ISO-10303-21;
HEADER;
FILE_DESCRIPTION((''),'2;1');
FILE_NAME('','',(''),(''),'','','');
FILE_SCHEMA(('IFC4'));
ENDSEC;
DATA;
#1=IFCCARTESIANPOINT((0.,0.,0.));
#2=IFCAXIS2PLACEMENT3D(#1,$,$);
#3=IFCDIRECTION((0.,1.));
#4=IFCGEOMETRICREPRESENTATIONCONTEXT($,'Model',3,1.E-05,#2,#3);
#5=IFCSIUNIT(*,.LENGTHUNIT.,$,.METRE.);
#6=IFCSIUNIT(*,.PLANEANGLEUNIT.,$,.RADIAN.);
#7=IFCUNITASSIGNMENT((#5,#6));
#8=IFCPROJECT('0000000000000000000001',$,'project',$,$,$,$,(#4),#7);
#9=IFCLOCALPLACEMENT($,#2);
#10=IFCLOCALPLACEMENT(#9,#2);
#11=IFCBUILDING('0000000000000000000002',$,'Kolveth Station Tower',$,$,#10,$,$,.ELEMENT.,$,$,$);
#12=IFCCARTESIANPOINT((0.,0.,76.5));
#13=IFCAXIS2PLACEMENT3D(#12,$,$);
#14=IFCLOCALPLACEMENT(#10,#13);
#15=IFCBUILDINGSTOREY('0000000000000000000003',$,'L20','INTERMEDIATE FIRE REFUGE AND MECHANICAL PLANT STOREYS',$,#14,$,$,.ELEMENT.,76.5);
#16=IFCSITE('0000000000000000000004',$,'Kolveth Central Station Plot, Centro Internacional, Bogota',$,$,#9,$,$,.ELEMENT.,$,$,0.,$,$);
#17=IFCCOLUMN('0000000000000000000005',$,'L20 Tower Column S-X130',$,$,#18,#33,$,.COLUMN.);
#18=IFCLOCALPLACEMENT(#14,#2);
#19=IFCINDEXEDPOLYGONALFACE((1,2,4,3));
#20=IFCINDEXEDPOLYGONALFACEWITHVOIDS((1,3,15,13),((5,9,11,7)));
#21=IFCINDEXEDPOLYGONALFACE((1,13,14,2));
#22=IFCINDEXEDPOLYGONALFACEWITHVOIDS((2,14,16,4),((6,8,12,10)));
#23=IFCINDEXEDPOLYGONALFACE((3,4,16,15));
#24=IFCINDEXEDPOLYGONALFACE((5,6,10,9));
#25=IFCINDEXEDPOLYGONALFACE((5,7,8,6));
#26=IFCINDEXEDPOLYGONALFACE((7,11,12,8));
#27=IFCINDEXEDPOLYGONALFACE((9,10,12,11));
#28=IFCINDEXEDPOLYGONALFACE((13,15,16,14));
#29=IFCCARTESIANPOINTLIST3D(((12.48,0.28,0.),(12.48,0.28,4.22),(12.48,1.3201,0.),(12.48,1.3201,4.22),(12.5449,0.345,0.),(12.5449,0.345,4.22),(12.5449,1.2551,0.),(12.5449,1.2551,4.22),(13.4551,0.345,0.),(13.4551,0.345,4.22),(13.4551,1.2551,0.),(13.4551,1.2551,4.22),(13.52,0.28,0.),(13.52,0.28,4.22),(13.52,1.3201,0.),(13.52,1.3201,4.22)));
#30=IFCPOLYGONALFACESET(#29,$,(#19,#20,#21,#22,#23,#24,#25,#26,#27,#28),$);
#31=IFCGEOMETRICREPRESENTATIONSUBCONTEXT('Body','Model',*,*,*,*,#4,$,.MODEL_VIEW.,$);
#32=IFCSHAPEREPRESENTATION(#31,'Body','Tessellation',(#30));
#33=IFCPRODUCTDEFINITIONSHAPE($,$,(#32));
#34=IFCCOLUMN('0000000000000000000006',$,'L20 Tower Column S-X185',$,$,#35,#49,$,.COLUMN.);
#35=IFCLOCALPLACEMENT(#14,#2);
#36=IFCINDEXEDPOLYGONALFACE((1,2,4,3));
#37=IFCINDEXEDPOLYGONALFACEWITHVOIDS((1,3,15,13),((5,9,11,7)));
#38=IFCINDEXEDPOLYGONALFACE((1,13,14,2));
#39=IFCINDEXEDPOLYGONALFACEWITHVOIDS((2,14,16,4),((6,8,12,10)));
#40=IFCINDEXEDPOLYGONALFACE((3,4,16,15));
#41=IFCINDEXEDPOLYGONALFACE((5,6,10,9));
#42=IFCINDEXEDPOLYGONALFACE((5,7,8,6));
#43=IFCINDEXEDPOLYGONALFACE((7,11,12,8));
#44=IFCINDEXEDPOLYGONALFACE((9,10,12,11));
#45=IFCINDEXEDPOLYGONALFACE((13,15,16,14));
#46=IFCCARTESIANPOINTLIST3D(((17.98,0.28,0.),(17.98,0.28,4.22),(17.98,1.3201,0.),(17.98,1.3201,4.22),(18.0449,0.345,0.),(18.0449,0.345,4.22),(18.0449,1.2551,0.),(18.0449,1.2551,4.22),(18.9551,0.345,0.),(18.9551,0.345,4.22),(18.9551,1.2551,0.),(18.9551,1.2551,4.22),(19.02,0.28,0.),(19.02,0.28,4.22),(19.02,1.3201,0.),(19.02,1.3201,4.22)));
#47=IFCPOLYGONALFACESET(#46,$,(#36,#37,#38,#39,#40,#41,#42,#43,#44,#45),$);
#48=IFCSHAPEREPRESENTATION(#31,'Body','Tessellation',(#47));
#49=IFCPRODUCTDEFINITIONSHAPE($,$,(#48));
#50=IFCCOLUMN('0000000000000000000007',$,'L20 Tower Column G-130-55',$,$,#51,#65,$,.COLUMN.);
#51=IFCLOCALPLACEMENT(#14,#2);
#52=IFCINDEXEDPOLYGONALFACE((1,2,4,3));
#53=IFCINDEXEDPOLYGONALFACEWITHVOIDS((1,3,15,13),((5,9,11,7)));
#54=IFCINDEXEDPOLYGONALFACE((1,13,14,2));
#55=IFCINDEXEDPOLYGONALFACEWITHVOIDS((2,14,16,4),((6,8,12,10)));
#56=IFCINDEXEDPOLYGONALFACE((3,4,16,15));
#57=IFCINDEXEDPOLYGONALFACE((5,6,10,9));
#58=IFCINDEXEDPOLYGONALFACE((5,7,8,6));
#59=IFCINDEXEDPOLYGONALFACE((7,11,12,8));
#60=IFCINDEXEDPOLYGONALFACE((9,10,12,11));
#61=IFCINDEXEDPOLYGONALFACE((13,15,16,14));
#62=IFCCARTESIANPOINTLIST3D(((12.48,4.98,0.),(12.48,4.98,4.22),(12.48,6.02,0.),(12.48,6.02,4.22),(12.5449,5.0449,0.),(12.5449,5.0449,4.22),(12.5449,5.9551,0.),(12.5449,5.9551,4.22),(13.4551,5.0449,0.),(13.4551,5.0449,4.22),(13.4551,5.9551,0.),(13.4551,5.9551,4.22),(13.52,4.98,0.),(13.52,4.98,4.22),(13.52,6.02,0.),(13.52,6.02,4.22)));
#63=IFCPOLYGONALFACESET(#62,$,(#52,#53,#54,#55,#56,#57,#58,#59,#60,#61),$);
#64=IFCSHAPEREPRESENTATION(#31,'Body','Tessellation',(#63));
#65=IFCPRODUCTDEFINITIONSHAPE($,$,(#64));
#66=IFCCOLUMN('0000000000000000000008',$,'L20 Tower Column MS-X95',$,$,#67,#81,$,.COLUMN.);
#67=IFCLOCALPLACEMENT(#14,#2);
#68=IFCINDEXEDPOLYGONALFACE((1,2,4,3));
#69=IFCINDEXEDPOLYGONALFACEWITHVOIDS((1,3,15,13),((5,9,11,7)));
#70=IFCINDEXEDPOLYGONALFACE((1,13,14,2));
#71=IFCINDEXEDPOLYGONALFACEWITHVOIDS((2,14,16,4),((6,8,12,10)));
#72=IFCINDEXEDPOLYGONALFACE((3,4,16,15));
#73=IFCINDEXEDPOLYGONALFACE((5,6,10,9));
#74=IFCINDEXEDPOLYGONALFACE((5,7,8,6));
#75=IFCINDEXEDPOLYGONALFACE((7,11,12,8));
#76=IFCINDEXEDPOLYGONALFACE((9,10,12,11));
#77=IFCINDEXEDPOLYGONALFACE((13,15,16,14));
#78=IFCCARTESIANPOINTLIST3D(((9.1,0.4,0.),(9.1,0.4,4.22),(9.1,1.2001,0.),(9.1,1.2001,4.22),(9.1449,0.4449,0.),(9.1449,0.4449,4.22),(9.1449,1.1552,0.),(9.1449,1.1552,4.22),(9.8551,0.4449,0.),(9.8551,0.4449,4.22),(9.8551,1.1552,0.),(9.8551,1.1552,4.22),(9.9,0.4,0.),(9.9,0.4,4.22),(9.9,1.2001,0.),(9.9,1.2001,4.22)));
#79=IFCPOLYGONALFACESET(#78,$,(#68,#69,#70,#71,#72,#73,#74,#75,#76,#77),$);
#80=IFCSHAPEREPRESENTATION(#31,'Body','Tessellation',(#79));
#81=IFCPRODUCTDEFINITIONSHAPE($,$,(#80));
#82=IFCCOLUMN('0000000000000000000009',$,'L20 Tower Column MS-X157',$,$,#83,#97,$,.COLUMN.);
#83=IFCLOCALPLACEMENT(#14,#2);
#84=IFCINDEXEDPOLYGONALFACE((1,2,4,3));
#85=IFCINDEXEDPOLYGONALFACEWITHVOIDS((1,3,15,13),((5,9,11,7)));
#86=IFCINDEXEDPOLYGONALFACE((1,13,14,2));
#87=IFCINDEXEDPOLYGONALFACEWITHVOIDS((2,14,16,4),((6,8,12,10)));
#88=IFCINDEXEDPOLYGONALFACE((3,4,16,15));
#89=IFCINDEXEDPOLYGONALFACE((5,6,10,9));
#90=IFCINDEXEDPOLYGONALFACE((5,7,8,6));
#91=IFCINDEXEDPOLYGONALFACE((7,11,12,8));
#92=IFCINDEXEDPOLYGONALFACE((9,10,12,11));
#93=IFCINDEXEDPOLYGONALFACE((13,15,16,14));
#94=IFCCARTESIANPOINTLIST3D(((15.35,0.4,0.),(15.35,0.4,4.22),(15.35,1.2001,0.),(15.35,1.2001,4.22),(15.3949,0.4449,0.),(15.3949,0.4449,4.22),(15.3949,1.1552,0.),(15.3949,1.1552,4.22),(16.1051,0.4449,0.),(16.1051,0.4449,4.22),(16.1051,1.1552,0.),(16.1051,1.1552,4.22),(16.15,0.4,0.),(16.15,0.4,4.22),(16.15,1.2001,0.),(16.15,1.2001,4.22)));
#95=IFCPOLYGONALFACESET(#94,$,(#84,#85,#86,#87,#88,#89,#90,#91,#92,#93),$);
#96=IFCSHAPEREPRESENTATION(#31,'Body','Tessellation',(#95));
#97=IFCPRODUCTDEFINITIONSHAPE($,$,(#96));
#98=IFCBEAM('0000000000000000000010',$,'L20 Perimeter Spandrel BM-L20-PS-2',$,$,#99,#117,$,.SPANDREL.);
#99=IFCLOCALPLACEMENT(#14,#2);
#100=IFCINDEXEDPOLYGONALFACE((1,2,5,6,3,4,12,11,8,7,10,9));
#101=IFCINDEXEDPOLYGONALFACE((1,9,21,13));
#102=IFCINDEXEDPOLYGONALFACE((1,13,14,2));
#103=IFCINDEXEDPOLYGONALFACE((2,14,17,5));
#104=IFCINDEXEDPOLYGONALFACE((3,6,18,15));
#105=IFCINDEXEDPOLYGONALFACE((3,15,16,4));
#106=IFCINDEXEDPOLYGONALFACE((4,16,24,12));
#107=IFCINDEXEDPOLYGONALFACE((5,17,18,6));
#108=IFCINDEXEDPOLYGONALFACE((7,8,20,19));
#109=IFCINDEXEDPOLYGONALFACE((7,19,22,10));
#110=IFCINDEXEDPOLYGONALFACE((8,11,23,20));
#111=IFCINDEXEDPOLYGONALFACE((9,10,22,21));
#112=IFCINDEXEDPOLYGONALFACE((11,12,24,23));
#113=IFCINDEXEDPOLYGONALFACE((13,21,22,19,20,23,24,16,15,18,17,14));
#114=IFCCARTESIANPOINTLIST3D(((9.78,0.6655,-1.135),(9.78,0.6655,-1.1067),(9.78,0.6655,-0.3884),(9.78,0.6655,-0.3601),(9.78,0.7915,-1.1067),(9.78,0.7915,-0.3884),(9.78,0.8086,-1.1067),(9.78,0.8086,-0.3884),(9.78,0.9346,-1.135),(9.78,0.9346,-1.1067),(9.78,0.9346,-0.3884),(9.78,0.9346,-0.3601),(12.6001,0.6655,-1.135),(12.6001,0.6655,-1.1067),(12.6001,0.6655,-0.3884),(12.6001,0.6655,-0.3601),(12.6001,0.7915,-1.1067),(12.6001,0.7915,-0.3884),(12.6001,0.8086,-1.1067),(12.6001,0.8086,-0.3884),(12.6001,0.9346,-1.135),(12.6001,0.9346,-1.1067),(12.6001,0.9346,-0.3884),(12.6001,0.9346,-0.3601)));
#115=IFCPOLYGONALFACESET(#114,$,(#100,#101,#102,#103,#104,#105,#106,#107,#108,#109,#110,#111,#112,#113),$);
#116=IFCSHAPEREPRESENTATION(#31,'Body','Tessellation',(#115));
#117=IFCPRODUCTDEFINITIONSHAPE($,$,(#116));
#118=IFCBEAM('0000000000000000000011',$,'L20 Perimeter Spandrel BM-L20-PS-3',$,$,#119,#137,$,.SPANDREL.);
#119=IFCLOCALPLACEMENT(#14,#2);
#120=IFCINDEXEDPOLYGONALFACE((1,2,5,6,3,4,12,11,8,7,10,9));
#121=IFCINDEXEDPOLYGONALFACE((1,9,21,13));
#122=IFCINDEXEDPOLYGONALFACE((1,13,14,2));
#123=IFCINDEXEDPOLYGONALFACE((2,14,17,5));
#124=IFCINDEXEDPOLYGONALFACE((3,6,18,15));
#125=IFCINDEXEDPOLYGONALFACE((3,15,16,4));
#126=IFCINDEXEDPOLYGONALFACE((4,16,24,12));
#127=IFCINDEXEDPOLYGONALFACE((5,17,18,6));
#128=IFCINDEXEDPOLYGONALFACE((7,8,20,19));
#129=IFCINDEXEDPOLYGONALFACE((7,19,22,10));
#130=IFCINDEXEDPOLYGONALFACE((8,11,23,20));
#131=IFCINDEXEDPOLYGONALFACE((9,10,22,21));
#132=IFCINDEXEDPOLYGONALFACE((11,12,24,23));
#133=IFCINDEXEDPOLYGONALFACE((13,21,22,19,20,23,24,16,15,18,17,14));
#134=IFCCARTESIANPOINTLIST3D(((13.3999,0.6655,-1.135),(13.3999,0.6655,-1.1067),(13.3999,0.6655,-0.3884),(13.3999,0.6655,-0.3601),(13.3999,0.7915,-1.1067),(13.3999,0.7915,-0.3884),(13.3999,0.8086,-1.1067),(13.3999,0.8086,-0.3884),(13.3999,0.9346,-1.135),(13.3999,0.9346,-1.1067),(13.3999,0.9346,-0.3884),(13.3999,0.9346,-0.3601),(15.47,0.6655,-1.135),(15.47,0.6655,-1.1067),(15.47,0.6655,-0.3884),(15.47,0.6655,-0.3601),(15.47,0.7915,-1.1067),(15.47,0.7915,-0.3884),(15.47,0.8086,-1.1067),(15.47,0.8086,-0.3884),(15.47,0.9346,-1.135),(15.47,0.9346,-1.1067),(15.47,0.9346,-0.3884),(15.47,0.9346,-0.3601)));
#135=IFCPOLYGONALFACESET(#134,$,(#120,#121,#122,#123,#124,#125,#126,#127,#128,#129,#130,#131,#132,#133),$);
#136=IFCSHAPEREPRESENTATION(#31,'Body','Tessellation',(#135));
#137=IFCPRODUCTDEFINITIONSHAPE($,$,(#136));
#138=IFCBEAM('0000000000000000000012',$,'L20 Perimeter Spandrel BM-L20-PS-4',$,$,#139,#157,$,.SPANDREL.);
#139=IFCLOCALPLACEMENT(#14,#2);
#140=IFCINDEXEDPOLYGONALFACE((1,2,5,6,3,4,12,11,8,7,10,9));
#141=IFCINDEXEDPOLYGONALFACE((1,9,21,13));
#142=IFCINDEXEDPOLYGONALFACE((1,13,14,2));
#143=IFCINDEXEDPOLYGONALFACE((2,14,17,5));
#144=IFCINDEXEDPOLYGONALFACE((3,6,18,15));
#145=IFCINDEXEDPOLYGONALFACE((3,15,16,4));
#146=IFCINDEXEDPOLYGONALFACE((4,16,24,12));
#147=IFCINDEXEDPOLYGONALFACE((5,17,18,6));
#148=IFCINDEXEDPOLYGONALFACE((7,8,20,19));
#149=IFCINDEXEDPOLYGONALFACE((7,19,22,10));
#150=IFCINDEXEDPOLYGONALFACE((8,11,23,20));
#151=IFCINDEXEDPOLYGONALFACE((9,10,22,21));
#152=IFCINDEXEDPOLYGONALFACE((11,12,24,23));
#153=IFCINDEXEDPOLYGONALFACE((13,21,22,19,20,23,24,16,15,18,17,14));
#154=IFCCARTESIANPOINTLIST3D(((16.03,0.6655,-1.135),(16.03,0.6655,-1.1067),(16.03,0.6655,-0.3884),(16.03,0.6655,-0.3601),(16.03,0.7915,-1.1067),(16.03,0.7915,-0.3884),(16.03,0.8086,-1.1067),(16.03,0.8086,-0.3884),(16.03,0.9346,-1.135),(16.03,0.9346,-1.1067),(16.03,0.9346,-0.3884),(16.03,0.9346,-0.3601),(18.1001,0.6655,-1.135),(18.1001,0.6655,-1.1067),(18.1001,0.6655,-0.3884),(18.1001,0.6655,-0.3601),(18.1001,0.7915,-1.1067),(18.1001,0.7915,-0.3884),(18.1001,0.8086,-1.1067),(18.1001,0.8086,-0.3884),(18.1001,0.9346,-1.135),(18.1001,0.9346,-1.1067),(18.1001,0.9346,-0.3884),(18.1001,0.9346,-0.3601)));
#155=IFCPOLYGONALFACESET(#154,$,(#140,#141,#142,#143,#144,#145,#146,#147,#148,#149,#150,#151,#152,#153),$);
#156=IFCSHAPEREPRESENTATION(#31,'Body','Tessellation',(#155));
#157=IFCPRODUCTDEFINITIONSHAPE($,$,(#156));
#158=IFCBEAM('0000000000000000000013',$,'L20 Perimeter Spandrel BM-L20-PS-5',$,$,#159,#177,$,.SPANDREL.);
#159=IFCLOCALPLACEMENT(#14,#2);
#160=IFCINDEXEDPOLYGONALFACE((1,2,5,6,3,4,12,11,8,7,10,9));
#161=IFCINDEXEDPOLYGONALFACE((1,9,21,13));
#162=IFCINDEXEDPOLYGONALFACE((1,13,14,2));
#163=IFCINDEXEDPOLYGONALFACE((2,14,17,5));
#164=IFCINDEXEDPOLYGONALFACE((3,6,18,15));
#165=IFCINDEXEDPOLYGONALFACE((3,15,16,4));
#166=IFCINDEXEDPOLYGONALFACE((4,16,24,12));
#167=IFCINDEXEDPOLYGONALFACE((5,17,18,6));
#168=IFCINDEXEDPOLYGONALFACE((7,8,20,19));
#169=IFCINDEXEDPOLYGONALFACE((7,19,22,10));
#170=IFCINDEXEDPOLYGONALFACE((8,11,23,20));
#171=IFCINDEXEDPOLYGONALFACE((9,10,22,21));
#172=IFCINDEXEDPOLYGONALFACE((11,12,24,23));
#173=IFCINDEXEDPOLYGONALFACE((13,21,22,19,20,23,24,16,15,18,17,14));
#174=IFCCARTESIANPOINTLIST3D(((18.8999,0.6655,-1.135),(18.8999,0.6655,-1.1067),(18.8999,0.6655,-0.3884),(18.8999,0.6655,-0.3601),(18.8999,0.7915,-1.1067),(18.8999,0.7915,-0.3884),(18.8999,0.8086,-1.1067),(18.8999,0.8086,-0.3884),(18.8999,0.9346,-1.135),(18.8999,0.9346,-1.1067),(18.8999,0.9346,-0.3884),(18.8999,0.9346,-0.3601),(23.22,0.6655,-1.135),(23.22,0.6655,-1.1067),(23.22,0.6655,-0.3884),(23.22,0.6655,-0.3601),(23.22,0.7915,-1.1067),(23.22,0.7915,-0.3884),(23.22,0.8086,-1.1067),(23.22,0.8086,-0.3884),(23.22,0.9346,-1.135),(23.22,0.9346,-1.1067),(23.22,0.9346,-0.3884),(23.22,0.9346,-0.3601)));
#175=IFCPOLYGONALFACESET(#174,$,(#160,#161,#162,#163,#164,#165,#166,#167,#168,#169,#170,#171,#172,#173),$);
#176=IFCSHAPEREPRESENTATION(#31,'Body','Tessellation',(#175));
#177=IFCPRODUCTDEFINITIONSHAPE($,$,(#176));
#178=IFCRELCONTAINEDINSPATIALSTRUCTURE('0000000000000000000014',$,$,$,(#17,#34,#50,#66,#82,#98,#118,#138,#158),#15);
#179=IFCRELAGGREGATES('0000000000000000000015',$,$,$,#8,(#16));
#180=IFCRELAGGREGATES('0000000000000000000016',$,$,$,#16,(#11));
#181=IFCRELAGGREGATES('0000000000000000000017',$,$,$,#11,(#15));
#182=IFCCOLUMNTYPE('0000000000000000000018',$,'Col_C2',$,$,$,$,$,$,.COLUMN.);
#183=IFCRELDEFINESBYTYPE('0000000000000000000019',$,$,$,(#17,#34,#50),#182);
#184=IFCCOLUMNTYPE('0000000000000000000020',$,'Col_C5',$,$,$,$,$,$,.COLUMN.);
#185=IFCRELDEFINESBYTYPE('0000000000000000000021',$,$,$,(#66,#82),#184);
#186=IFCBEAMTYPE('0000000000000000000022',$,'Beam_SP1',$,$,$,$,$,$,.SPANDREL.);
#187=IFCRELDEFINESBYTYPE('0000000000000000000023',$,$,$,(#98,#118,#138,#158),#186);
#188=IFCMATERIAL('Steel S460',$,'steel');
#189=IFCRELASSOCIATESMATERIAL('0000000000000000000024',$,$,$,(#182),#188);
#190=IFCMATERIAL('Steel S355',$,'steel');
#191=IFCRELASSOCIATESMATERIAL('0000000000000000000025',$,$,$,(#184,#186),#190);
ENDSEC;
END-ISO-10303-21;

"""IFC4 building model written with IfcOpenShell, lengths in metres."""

from ifc_helpers import new_model, si_unit, direction, frame, origin, origin_2d, place, context, subcontext, project, spatial, hollow_rectangle, i_section, extrude, source, transform, mapped, material, material_profile, profile_set, type_object, element, save


model = new_model("IFC4")

# Units and contexts
model_context = context("Model", 3, precision=1e-05, world=origin(), true_north=direction((0.0, 1.0)))
body_context = subcontext(model_context, "Body", "Model", "MODEL_VIEW")
ifc_project = project(units=[si_unit("LENGTHUNIT", "METRE"), si_unit("PLANEANGLEUNIT", "RADIAN")], contexts=[model_context])

# Site, building, storey
site_placement = place(None, origin())
site = spatial("IfcSite", under=ifc_project, at=site_placement, Name="Kolveth Central Station Plot, Centro Internacional, Bogota", CompositionType="ELEMENT", RefElevation=0.0)
building_placement = place(site_placement, origin())
building = spatial("IfcBuilding", under=site, at=building_placement, Name="Kolveth Station Tower", CompositionType="ELEMENT")
storey_placement = place(building_placement, frame((0.0, 0.0, 76.5)))
storey = spatial("IfcBuildingStorey", under=building, at=storey_placement, Name="L20", Description="INTERMEDIATE FIRE REFUGE AND MECHANICAL PLANT STOREYS", CompositionType="ELEMENT", Elevation=76.5)

# Columns
ifc_material_1 = material(Name="Steel S460", Category="steel")
ifc_material_profile_1 = material_profile(ifc_material_1, hollow_rectangle(XDim=1.04, YDim=1.04, WallThickness=0.0649, at=origin_2d()), Name="BOX1040x1040x65")
ifc_profile_set_1 = profile_set([ifc_material_profile_1], Name="Steel S460")
column_type_1 = type_object("IfcColumnType", Name="Col_C2", PredefinedType="COLUMN", material=ifc_profile_set_1)
shared_shape_1 = source(origin(), body_context, "Body", "SweptSolid", [
    extrude(hollow_rectangle(XDim=1.04, YDim=1.04, WallThickness=0.0649, at=origin_2d()), origin(), (0.0, 0.0, 1.0), 4.22),
])
for number, where, z_axis, x_axis, name in (
    (1, (13.0, 0.8, 0.0), (0.0, 0.0, 1.0), (1.0, 0.0, 0.0), "L20 Tower Column S-X130"),
    (2, (18.5, 0.8, 0.0), (0.0, 0.0, 1.0), (1.0, 0.0, 0.0), "L20 Tower Column S-X185"),
    (3, (13.0, 5.5, 0.0), (0.0, 0.0, 1.0), (1.0, 0.0, 0.0), "L20 Tower Column G-130-55"),
):
    element("IfcColumn", number, at=place(storey_placement, frame(where, z_axis=z_axis, x_axis=x_axis)), inside=storey, type_object=column_type_1, Name=name, PredefinedType="COLUMN", context=body_context, shape_type="MappedRepresentation", body=[
        mapped(shared_shape_1, transform((0.0, 0.0, 0.0), x_axis=(1.0, 0.0, 0.0), y_axis=(0.0, 1.0, 0.0), z_axis=(0.0, 0.0, 1.0), scale=1.0)),
    ])
ifc_material_2 = material(Name="Steel S355", Category="steel")
ifc_material_profile_2 = material_profile(ifc_material_2, hollow_rectangle(XDim=0.8, YDim=0.8, WallThickness=0.0449, at=origin_2d()), Name="BOX800x800x45")
ifc_profile_set_2 = profile_set([ifc_material_profile_2], Name="Steel S355")
column_type_2 = type_object("IfcColumnType", Name="Col_C5", PredefinedType="COLUMN", material=ifc_profile_set_2)
shared_shape_2 = source(origin(), body_context, "Body", "SweptSolid", [
    extrude(hollow_rectangle(XDim=0.8, YDim=0.8, WallThickness=0.0449, at=origin_2d()), origin(), (0.0, 0.0, 1.0), 4.22),
])
for number, where, z_axis, x_axis, name in (
    (4, (9.5, 0.8, 0.0), (0.0, 0.0, 1.0), (1.0, 0.0, 0.0), "L20 Tower Column MS-X95"),
    (5, (15.75, 0.8, 0.0), (0.0, 0.0, 1.0), (1.0, 0.0, 0.0), "L20 Tower Column MS-X157"),
):
    element("IfcColumn", number, at=place(storey_placement, frame(where, z_axis=z_axis, x_axis=x_axis)), inside=storey, type_object=column_type_2, Name=name, PredefinedType="COLUMN", context=body_context, shape_type="MappedRepresentation", body=[
        mapped(shared_shape_2, transform((0.0, 0.0, 0.0), x_axis=(1.0, 0.0, 0.0), y_axis=(0.0, 1.0, 0.0), z_axis=(0.0, 0.0, 1.0), scale=1.0)),
    ])

# Beams
ifc_material_profile_3 = material_profile(ifc_material_2, i_section(OverallWidth=0.269, OverallDepth=0.7749, WebThickness=0.0171, FlangeThickness=0.0283, at=origin_2d()), Name="W760x220")
ifc_profile_set_3 = profile_set([ifc_material_profile_3], Name="Steel S355")
beam_type_1 = type_object("IfcBeamType", Name="Beam_SP1", PredefinedType="SPANDREL", material=ifc_profile_set_3)
shared_shape_3 = source(origin(), body_context, "Body", "SweptSolid", [
    extrude(i_section(OverallWidth=0.269, OverallDepth=0.7749, WebThickness=0.0171, FlangeThickness=0.0283, at=origin_2d()), origin(), (0.0, 0.0, 1.0), 2.8201),
])
beam_1_placement = place(storey_placement, frame((9.78, 0.8, -0.7476), z_axis=(1.0, 0.0, 0.0), x_axis=(0.0, 1.0, 0.0)))
element("IfcBeam", 6, at=beam_1_placement, inside=storey, type_object=beam_type_1, Name="L20 Perimeter Spandrel BM-L20-PS-2", PredefinedType="SPANDREL", context=body_context, shape_type="MappedRepresentation", body=[
    mapped(shared_shape_3, transform((0.0, 0.0, 0.0), x_axis=(1.0, 0.0, 0.0), y_axis=(0.0, 1.0, 0.0), z_axis=(0.0, 0.0, 1.0), scale=1.0)),
])
shared_shape_4 = source(origin(), body_context, "Body", "SweptSolid", [
    extrude(i_section(OverallWidth=0.269, OverallDepth=0.7749, WebThickness=0.0171, FlangeThickness=0.0283, at=origin_2d()), origin(), (0.0, 0.0, 1.0), 2.0701),
])
for number, where, z_axis, x_axis, name in (
    (7, (13.3999, 0.8, -0.7476), (1.0, 0.0, 0.0), (0.0, 1.0, 0.0), "L20 Perimeter Spandrel BM-L20-PS-3"),
    (8, (16.03, 0.8, -0.7476), (1.0, 0.0, 0.0), (0.0, 1.0, 0.0), "L20 Perimeter Spandrel BM-L20-PS-4"),
):
    element("IfcBeam", number, at=place(storey_placement, frame(where, z_axis=z_axis, x_axis=x_axis)), inside=storey, type_object=beam_type_1, Name=name, PredefinedType="SPANDREL", context=body_context, shape_type="MappedRepresentation", body=[
        mapped(shared_shape_4, transform((0.0, 0.0, 0.0), x_axis=(1.0, 0.0, 0.0), y_axis=(0.0, 1.0, 0.0), z_axis=(0.0, 0.0, 1.0), scale=1.0)),
    ])
shared_shape_5 = source(origin(), body_context, "Body", "SweptSolid", [
    extrude(i_section(OverallWidth=0.269, OverallDepth=0.7749, WebThickness=0.0171, FlangeThickness=0.0283, at=origin_2d()), origin(), (0.0, 0.0, 1.0), 4.3201),
])
beam_2_placement = place(storey_placement, frame((18.8999, 0.8, -0.7476), z_axis=(1.0, 0.0, 0.0), x_axis=(0.0, 1.0, 0.0)))
element("IfcBeam", 9, at=beam_2_placement, inside=storey, type_object=beam_type_1, Name="L20 Perimeter Spandrel BM-L20-PS-5", PredefinedType="SPANDREL", context=body_context, shape_type="MappedRepresentation", body=[
    mapped(shared_shape_5, transform((0.0, 0.0, 0.0), x_axis=(1.0, 0.0, 0.0), y_axis=(0.0, 1.0, 0.0), z_axis=(0.0, 0.0, 1.0), scale=1.0)),
])

save(model, "model.ifc")
